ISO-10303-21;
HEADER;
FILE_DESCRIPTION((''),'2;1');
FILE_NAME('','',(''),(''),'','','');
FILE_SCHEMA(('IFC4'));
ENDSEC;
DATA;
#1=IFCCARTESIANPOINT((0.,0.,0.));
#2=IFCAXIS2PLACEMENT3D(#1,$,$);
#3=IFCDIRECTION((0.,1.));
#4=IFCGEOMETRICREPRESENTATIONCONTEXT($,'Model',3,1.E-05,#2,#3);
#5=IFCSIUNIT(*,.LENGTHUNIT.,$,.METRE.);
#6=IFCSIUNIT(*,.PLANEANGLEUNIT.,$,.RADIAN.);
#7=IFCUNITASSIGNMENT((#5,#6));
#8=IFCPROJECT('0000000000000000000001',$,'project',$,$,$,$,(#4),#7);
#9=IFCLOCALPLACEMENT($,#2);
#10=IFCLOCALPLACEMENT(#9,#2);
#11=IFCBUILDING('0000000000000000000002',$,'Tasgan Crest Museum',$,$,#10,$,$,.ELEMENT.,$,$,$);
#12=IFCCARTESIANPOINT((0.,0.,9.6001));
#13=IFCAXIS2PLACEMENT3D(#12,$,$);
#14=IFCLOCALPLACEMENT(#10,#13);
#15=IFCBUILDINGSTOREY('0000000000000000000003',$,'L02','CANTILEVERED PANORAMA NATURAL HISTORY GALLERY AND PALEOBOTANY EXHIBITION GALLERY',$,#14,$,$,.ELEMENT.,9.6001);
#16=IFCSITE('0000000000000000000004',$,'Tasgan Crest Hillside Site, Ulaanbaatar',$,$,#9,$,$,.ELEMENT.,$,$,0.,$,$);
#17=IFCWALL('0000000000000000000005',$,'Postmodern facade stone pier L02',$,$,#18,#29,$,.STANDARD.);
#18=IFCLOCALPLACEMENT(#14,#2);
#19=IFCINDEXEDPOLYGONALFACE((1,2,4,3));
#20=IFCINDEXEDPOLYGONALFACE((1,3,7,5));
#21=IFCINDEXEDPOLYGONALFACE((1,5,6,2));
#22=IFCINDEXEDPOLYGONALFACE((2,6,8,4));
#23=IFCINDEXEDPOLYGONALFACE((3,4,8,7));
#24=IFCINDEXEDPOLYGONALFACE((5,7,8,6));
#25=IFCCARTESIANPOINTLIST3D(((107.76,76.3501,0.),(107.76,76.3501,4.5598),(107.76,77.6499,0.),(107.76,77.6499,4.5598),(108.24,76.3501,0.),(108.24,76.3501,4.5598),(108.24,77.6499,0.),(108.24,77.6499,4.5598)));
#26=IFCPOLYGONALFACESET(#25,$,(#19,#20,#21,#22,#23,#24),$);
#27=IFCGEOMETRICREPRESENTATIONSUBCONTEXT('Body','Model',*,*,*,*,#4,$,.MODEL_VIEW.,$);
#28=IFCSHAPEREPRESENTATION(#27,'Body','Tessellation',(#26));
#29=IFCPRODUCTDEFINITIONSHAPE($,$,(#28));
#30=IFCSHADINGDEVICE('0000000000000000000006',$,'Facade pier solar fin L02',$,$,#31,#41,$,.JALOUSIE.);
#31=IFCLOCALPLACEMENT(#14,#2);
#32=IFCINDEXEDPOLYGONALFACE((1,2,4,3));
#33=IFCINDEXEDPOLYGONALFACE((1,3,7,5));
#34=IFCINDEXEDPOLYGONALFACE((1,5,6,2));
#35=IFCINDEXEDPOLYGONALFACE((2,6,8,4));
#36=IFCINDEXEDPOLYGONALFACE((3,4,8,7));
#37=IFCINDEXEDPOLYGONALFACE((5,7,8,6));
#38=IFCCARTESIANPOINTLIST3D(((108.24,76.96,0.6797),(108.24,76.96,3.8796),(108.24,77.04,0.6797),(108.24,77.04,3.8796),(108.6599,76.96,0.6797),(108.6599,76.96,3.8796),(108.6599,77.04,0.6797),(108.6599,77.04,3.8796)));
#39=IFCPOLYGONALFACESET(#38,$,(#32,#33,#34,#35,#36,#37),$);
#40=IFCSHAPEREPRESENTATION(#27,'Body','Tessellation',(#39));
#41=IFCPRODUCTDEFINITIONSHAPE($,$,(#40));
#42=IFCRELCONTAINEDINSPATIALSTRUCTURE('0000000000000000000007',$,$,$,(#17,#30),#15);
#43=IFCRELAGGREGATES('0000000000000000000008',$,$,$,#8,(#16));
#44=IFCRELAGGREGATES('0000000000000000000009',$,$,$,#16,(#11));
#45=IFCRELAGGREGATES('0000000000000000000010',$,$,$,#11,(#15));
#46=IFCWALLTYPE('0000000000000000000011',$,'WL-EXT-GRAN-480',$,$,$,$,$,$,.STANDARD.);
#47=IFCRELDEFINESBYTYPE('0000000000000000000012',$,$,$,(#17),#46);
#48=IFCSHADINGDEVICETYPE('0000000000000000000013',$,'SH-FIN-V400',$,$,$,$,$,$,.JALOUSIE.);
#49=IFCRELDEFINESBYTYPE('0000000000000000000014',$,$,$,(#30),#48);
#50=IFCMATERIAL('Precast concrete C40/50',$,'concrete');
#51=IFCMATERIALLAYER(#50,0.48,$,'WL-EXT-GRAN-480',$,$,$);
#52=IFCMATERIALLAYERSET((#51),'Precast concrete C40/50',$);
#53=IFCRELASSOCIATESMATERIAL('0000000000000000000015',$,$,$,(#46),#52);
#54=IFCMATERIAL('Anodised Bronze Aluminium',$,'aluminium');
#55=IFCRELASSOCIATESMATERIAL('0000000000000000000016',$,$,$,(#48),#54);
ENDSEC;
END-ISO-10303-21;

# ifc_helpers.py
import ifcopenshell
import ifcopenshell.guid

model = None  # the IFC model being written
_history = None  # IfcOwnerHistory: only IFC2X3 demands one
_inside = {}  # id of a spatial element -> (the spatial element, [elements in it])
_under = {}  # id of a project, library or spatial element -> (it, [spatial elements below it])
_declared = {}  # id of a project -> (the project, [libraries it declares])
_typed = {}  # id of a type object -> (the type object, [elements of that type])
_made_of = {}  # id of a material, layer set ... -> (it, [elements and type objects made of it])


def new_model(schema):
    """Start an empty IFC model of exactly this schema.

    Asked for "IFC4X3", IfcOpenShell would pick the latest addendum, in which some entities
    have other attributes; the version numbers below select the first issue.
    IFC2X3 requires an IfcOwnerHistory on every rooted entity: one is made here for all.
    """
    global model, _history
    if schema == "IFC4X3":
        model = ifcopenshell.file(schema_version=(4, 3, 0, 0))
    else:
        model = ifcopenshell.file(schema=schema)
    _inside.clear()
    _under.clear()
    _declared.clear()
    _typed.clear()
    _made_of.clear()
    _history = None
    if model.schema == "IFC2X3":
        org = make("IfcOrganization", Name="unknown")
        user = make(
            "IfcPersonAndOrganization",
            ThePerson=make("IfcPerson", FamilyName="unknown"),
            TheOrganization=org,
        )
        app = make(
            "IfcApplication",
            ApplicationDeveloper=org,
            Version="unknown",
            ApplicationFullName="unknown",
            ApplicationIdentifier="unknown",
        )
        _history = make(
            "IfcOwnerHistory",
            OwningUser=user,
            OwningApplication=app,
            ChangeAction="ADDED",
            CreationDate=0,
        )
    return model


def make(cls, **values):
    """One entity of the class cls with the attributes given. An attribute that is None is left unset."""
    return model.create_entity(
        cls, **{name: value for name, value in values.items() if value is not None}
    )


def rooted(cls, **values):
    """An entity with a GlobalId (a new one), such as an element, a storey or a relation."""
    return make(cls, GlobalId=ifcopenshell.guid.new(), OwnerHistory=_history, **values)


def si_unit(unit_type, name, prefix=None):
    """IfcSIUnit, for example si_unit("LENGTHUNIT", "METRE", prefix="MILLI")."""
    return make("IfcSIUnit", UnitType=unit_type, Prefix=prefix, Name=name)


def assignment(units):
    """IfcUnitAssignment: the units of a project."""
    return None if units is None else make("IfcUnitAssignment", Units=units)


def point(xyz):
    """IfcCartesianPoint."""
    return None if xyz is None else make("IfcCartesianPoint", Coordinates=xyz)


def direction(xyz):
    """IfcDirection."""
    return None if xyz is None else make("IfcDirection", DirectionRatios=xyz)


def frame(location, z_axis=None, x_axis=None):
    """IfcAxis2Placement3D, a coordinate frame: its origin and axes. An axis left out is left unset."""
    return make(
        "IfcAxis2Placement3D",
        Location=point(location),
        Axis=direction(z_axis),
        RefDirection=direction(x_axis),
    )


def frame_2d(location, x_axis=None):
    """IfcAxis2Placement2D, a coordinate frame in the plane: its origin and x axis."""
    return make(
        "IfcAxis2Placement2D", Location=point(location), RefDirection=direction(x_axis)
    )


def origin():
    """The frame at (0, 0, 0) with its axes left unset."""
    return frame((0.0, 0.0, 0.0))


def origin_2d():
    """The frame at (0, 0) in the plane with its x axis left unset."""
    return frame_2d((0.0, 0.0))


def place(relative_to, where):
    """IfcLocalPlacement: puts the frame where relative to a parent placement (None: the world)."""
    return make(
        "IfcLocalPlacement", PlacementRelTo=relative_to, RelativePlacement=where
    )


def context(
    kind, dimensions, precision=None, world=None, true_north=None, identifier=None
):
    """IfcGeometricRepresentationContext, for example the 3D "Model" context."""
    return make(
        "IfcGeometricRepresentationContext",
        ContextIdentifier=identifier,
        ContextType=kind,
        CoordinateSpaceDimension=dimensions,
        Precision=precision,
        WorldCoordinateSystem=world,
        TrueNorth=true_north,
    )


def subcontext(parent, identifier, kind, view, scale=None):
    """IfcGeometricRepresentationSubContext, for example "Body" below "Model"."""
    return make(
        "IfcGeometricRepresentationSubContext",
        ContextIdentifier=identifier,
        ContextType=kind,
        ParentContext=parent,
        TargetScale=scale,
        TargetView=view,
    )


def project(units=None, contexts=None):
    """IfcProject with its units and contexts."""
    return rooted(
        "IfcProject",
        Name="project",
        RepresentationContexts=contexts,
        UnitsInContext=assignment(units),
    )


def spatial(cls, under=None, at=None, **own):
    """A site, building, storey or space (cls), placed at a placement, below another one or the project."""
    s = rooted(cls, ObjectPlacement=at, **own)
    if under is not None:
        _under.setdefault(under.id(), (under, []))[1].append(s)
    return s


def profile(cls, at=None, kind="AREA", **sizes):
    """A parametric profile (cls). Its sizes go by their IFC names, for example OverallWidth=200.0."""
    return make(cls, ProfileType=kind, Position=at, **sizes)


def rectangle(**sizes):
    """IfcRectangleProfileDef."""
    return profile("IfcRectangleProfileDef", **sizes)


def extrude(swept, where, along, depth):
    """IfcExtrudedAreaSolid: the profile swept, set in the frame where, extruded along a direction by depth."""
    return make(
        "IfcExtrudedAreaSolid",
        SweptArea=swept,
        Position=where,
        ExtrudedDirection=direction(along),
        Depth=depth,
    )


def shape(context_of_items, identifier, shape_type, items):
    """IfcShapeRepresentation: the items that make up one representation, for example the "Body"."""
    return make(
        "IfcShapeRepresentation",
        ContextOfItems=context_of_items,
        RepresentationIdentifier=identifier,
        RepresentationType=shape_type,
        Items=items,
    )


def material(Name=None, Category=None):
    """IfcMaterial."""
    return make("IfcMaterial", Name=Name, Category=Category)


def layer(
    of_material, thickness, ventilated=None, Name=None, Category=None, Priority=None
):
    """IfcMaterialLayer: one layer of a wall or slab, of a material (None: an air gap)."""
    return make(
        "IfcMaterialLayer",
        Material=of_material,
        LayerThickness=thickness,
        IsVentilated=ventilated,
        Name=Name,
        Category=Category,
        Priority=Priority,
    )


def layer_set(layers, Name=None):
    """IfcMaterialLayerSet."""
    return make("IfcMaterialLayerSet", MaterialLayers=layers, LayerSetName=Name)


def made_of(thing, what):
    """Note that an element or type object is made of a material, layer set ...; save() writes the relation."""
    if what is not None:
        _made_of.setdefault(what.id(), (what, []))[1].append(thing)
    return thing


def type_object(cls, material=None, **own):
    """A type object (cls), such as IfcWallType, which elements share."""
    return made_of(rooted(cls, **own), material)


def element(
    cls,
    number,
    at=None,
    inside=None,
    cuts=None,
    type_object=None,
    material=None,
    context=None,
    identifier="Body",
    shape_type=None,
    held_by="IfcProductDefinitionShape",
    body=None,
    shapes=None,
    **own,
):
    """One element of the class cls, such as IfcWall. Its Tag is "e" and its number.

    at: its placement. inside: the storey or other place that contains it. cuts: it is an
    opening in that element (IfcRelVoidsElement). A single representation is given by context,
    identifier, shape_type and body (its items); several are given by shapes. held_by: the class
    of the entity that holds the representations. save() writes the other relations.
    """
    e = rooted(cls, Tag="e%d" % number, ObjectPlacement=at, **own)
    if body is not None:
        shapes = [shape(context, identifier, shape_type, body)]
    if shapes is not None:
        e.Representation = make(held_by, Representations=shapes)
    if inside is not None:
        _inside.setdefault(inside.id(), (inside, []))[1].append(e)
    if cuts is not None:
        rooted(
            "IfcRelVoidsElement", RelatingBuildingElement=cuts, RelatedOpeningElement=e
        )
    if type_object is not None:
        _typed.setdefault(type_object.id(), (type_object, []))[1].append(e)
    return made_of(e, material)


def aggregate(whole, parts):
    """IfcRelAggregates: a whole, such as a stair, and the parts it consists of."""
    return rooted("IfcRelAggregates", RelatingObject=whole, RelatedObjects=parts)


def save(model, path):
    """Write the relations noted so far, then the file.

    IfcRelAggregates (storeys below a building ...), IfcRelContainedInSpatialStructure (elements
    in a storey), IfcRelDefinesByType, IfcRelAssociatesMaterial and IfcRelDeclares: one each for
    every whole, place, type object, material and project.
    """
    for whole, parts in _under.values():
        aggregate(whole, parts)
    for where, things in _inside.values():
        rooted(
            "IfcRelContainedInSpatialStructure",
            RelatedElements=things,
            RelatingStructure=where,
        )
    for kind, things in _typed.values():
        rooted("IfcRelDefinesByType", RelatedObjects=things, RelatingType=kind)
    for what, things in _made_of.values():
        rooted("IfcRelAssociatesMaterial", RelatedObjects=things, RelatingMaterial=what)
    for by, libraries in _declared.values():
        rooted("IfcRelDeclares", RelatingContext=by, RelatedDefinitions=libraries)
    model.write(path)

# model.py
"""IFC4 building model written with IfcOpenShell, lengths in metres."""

from ifc_helpers import new_model, si_unit, direction, frame, frame_2d, origin, origin_2d, place, context, subcontext, project, spatial, rectangle, extrude, material, layer, layer_set, type_object, element, save


model = new_model("IFC4")

# Units and contexts
model_context = context("Model", 3, precision=1e-05, world=origin(), true_north=direction((0.0, 1.0)))
body_context = subcontext(model_context, "Body", "Model", "MODEL_VIEW")
ifc_project = project(units=[si_unit("LENGTHUNIT", "METRE"), si_unit("PLANEANGLEUNIT", "RADIAN")], contexts=[model_context])

# Site, building, storey
site_placement = place(None, origin())
site = spatial("IfcSite", under=ifc_project, at=site_placement, Name="Tasgan Crest Hillside Site, Ulaanbaatar", CompositionType="ELEMENT", RefElevation=0.0)
building_placement = place(site_placement, origin())
building = spatial("IfcBuilding", under=site, at=building_placement, Name="Tasgan Crest Museum", CompositionType="ELEMENT")
storey_placement = place(building_placement, frame((0.0, 0.0, 9.6001)))
storey = spatial("IfcBuildingStorey", under=building, at=storey_placement, Name="L02", Description="CANTILEVERED PANORAMA NATURAL HISTORY GALLERY AND PALEOBOTANY EXHIBITION GALLERY", CompositionType="ELEMENT", Elevation=9.6001)

# Wall
ifc_material_1 = material(Name="Precast concrete C40/50", Category="concrete")
ifc_layer_1 = layer(ifc_material_1, 0.48, Name="WL-EXT-GRAN-480")
ifc_layer_set_1 = layer_set([ifc_layer_1], Name="Precast concrete C40/50")
wall_type_1 = type_object("IfcWallType", Name="WL-EXT-GRAN-480", PredefinedType="STANDARD", material=ifc_layer_set_1)
wall_1_placement = place(storey_placement, frame((108.0, 76.3501, 0.0), z_axis=(0.0, 0.0, 1.0), x_axis=(0.0, 1.0, 0.0)))
element("IfcWall", 1, at=wall_1_placement, inside=storey, type_object=wall_type_1, Name="Postmodern facade stone pier L02", PredefinedType="STANDARD", context=body_context, shape_type="SweptSolid", body=[
    extrude(rectangle(XDim=1.2998, YDim=0.48, at=frame_2d((0.6499, 0.0))), origin(), (0.0, 0.0, 1.0), 4.5598),
])

# Shading device
ifc_material_2 = material(Name="Anodised Bronze Aluminium", Category="aluminium")
shading_device_type = type_object("IfcShadingDeviceType", Name="SH-FIN-V400", PredefinedType="JALOUSIE", material=ifc_material_2)
shading_device_placement = place(storey_placement, frame((108.45, 77.0, 0.6797), z_axis=(0.0, 0.0, 1.0), x_axis=(0.0, 1.0, 0.0)))
element("IfcShadingDevice", 2, at=shading_device_placement, inside=storey, type_object=shading_device_type, Name="Facade pier solar fin L02", PredefinedType="JALOUSIE", context=body_context, shape_type="SweptSolid", body=[
    extrude(rectangle(XDim=0.0801, YDim=0.4199, at=origin_2d()), origin(), (0.0, 0.0, 1.0), 3.2),
])

save(model, "model.ifc")
